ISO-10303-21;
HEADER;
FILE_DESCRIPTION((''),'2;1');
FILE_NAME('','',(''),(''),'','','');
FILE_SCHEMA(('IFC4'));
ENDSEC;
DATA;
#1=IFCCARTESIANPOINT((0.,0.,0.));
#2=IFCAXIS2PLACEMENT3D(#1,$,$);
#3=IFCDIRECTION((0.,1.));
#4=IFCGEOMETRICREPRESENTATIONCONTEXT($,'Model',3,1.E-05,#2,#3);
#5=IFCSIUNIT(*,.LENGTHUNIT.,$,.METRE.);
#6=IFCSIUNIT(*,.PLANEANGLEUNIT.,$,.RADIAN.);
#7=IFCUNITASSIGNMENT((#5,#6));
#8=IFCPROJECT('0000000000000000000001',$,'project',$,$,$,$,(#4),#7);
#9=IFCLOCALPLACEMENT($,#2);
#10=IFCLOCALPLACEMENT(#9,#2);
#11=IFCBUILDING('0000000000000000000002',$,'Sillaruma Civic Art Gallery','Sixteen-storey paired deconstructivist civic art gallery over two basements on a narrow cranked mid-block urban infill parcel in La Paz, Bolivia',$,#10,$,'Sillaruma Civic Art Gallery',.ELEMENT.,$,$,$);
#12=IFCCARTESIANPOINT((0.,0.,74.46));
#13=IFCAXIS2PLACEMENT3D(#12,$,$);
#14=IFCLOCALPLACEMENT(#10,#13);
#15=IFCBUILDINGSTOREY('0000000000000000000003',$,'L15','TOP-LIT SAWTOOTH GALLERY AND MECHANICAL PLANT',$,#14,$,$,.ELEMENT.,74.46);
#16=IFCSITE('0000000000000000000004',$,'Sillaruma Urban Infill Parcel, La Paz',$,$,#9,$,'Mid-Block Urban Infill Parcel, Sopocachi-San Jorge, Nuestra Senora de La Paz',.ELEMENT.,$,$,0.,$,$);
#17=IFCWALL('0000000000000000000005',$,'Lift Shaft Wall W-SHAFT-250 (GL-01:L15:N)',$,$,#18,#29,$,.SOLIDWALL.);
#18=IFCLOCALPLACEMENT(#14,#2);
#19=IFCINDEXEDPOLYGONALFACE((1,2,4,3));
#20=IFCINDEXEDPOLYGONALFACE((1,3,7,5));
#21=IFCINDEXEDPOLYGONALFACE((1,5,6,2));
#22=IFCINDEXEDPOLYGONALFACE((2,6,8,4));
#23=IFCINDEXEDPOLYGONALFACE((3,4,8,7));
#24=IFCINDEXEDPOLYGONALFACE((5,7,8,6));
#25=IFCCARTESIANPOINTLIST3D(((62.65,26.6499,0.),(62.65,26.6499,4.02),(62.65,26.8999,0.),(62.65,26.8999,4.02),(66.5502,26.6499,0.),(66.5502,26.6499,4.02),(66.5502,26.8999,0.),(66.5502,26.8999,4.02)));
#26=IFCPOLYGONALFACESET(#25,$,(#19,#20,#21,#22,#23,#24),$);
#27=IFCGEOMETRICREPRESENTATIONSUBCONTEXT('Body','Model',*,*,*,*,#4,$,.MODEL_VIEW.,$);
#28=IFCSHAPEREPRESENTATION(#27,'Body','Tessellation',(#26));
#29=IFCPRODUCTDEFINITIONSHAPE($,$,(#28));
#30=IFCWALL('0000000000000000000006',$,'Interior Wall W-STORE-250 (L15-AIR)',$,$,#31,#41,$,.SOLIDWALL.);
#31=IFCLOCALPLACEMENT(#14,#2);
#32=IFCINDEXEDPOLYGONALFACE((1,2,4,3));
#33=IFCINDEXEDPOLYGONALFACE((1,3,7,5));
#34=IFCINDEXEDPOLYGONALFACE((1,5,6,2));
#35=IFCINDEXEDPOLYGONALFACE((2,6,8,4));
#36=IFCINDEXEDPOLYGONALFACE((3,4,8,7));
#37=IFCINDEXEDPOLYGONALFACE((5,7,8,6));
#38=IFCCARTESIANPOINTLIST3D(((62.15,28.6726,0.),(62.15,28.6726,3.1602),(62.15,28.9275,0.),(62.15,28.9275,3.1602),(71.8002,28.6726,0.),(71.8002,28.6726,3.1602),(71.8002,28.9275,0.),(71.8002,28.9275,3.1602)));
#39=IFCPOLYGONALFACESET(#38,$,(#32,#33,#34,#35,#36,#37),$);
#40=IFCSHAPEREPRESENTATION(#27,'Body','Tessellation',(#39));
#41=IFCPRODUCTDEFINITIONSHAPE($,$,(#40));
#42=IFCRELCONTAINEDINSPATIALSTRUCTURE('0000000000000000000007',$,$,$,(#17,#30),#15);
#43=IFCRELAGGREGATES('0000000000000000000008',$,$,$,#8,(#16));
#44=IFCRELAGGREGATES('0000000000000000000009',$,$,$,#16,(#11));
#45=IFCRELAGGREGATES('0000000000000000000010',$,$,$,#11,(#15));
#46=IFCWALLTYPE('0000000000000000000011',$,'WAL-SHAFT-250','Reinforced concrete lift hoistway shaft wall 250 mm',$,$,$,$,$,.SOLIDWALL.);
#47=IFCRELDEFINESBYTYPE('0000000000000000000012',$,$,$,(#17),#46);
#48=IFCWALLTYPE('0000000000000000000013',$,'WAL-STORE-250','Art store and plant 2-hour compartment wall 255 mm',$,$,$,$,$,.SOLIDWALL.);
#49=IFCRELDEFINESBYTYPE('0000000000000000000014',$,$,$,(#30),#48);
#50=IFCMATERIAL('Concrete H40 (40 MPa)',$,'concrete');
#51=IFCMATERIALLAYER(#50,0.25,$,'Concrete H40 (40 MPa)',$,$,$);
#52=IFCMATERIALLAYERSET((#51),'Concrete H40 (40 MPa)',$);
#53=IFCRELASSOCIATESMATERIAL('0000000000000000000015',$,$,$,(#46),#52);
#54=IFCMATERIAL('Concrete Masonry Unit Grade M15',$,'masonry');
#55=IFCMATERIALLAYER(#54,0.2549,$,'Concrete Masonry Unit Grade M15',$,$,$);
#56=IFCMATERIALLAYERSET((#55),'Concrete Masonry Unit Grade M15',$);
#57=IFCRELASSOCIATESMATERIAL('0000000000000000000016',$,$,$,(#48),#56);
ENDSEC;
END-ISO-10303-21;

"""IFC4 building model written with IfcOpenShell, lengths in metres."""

from ifc_helpers import new_model, si_unit, direction, frame, frame_2d, origin, place, context, subcontext, project, spatial, rectangle, extrude, material, layer, layer_set, type_object, element, save


model = new_model("IFC4")

# Units and contexts
model_context = context("Model", 3, precision=1e-05, world=origin(), true_north=direction((0.0, 1.0)))
body_context = subcontext(model_context, "Body", "Model", "MODEL_VIEW")
ifc_project = project(units=[si_unit("LENGTHUNIT", "METRE"), si_unit("PLANEANGLEUNIT", "RADIAN")], contexts=[model_context])

# Site, building, storey
site_placement = place(None, origin())
site = spatial("IfcSite", under=ifc_project, at=site_placement, Name="Sillaruma Urban Infill Parcel, La Paz", LongName="Mid-Block Urban Infill Parcel, Sopocachi-San Jorge, Nuestra Senora de La Paz", CompositionType="ELEMENT", RefElevation=0.0)
building_placement = place(site_placement, origin())
building = spatial("IfcBuilding", under=site, at=building_placement, Name="Sillaruma Civic Art Gallery", Description="Sixteen-storey paired deconstructivist civic art gallery over two basements on a narrow cranked mid-block urban infill parcel in La Paz, Bolivia", LongName="Sillaruma Civic Art Gallery", CompositionType="ELEMENT")
storey_placement = place(building_placement, frame((0.0, 0.0, 74.46)))
storey = spatial("IfcBuildingStorey", under=building, at=storey_placement, Name="L15", Description="TOP-LIT SAWTOOTH GALLERY AND MECHANICAL PLANT", CompositionType="ELEMENT", Elevation=74.46)

# Shared definitions
ifc_material_1 = material(Name="Concrete H40 (40 MPa)", Category="concrete")

# Walls
ifc_layer_1 = layer(ifc_material_1, 0.25, Name="Concrete H40 (40 MPa)")
ifc_layer_set_1 = layer_set([ifc_layer_1], Name="Concrete H40 (40 MPa)")
wall_type_1 = type_object("IfcWallType", Name="WAL-SHAFT-250", Description="Reinforced concrete lift hoistway shaft wall 250 mm", PredefinedType="SOLIDWALL", material=ifc_layer_set_1)
for number, where, z_axis, x_axis, name in (
    (1, (62.6499, 26.7749, 0.0), (0.0, 0.0, 1.0), (1.0, 0.0, 0.0), "Lift Shaft Wall W-SHAFT-250 (GL-01:L15:N)"),
):
    element("IfcWall", number, at=place(storey_placement, frame(where, z_axis=z_axis, x_axis=x_axis)), inside=storey, type_object=wall_type_1, Name=name, PredefinedType="SOLIDWALL", context=body_context, shape_type="SweptSolid", body=[
        extrude(rectangle(XDim=3.9001, YDim=0.25, at=frame_2d((1.9502, 0.0))), origin(), (0.0, 0.0, 1.0), 4.02),
    ])
ifc_material_2 = material(Name="Concrete Masonry Unit Grade M15", Category="masonry")
ifc_layer_2 = layer(ifc_material_2, 0.2549, Name="Concrete Masonry Unit Grade M15")
ifc_layer_set_2 = layer_set([ifc_layer_2], Name="Concrete Masonry Unit Grade M15")
wall_type_2 = type_object("IfcWallType", Name="WAL-STORE-250", Description="Art store and plant 2-hour compartment wall 255 mm", PredefinedType="SOLIDWALL", material=ifc_layer_set_2)
wall_1_placement = place(storey_placement, frame((62.1499, 28.8, 0.0), z_axis=(0.0, 0.0, 1.0), x_axis=(1.0, 0.0, 0.0)))
element("IfcWall", 2, at=wall_1_placement, inside=storey, type_object=wall_type_2, Name="Interior Wall W-STORE-250 (L15-AIR)", PredefinedType="SOLIDWALL", context=body_context, shape_type="SweptSolid", body=[
    extrude(rectangle(XDim=9.6501, YDim=0.2549, at=frame_2d((4.8252, 0.0))), origin(), (0.0, 0.0, 1.0), 3.1602),
])

save(model, "model.ifc")
